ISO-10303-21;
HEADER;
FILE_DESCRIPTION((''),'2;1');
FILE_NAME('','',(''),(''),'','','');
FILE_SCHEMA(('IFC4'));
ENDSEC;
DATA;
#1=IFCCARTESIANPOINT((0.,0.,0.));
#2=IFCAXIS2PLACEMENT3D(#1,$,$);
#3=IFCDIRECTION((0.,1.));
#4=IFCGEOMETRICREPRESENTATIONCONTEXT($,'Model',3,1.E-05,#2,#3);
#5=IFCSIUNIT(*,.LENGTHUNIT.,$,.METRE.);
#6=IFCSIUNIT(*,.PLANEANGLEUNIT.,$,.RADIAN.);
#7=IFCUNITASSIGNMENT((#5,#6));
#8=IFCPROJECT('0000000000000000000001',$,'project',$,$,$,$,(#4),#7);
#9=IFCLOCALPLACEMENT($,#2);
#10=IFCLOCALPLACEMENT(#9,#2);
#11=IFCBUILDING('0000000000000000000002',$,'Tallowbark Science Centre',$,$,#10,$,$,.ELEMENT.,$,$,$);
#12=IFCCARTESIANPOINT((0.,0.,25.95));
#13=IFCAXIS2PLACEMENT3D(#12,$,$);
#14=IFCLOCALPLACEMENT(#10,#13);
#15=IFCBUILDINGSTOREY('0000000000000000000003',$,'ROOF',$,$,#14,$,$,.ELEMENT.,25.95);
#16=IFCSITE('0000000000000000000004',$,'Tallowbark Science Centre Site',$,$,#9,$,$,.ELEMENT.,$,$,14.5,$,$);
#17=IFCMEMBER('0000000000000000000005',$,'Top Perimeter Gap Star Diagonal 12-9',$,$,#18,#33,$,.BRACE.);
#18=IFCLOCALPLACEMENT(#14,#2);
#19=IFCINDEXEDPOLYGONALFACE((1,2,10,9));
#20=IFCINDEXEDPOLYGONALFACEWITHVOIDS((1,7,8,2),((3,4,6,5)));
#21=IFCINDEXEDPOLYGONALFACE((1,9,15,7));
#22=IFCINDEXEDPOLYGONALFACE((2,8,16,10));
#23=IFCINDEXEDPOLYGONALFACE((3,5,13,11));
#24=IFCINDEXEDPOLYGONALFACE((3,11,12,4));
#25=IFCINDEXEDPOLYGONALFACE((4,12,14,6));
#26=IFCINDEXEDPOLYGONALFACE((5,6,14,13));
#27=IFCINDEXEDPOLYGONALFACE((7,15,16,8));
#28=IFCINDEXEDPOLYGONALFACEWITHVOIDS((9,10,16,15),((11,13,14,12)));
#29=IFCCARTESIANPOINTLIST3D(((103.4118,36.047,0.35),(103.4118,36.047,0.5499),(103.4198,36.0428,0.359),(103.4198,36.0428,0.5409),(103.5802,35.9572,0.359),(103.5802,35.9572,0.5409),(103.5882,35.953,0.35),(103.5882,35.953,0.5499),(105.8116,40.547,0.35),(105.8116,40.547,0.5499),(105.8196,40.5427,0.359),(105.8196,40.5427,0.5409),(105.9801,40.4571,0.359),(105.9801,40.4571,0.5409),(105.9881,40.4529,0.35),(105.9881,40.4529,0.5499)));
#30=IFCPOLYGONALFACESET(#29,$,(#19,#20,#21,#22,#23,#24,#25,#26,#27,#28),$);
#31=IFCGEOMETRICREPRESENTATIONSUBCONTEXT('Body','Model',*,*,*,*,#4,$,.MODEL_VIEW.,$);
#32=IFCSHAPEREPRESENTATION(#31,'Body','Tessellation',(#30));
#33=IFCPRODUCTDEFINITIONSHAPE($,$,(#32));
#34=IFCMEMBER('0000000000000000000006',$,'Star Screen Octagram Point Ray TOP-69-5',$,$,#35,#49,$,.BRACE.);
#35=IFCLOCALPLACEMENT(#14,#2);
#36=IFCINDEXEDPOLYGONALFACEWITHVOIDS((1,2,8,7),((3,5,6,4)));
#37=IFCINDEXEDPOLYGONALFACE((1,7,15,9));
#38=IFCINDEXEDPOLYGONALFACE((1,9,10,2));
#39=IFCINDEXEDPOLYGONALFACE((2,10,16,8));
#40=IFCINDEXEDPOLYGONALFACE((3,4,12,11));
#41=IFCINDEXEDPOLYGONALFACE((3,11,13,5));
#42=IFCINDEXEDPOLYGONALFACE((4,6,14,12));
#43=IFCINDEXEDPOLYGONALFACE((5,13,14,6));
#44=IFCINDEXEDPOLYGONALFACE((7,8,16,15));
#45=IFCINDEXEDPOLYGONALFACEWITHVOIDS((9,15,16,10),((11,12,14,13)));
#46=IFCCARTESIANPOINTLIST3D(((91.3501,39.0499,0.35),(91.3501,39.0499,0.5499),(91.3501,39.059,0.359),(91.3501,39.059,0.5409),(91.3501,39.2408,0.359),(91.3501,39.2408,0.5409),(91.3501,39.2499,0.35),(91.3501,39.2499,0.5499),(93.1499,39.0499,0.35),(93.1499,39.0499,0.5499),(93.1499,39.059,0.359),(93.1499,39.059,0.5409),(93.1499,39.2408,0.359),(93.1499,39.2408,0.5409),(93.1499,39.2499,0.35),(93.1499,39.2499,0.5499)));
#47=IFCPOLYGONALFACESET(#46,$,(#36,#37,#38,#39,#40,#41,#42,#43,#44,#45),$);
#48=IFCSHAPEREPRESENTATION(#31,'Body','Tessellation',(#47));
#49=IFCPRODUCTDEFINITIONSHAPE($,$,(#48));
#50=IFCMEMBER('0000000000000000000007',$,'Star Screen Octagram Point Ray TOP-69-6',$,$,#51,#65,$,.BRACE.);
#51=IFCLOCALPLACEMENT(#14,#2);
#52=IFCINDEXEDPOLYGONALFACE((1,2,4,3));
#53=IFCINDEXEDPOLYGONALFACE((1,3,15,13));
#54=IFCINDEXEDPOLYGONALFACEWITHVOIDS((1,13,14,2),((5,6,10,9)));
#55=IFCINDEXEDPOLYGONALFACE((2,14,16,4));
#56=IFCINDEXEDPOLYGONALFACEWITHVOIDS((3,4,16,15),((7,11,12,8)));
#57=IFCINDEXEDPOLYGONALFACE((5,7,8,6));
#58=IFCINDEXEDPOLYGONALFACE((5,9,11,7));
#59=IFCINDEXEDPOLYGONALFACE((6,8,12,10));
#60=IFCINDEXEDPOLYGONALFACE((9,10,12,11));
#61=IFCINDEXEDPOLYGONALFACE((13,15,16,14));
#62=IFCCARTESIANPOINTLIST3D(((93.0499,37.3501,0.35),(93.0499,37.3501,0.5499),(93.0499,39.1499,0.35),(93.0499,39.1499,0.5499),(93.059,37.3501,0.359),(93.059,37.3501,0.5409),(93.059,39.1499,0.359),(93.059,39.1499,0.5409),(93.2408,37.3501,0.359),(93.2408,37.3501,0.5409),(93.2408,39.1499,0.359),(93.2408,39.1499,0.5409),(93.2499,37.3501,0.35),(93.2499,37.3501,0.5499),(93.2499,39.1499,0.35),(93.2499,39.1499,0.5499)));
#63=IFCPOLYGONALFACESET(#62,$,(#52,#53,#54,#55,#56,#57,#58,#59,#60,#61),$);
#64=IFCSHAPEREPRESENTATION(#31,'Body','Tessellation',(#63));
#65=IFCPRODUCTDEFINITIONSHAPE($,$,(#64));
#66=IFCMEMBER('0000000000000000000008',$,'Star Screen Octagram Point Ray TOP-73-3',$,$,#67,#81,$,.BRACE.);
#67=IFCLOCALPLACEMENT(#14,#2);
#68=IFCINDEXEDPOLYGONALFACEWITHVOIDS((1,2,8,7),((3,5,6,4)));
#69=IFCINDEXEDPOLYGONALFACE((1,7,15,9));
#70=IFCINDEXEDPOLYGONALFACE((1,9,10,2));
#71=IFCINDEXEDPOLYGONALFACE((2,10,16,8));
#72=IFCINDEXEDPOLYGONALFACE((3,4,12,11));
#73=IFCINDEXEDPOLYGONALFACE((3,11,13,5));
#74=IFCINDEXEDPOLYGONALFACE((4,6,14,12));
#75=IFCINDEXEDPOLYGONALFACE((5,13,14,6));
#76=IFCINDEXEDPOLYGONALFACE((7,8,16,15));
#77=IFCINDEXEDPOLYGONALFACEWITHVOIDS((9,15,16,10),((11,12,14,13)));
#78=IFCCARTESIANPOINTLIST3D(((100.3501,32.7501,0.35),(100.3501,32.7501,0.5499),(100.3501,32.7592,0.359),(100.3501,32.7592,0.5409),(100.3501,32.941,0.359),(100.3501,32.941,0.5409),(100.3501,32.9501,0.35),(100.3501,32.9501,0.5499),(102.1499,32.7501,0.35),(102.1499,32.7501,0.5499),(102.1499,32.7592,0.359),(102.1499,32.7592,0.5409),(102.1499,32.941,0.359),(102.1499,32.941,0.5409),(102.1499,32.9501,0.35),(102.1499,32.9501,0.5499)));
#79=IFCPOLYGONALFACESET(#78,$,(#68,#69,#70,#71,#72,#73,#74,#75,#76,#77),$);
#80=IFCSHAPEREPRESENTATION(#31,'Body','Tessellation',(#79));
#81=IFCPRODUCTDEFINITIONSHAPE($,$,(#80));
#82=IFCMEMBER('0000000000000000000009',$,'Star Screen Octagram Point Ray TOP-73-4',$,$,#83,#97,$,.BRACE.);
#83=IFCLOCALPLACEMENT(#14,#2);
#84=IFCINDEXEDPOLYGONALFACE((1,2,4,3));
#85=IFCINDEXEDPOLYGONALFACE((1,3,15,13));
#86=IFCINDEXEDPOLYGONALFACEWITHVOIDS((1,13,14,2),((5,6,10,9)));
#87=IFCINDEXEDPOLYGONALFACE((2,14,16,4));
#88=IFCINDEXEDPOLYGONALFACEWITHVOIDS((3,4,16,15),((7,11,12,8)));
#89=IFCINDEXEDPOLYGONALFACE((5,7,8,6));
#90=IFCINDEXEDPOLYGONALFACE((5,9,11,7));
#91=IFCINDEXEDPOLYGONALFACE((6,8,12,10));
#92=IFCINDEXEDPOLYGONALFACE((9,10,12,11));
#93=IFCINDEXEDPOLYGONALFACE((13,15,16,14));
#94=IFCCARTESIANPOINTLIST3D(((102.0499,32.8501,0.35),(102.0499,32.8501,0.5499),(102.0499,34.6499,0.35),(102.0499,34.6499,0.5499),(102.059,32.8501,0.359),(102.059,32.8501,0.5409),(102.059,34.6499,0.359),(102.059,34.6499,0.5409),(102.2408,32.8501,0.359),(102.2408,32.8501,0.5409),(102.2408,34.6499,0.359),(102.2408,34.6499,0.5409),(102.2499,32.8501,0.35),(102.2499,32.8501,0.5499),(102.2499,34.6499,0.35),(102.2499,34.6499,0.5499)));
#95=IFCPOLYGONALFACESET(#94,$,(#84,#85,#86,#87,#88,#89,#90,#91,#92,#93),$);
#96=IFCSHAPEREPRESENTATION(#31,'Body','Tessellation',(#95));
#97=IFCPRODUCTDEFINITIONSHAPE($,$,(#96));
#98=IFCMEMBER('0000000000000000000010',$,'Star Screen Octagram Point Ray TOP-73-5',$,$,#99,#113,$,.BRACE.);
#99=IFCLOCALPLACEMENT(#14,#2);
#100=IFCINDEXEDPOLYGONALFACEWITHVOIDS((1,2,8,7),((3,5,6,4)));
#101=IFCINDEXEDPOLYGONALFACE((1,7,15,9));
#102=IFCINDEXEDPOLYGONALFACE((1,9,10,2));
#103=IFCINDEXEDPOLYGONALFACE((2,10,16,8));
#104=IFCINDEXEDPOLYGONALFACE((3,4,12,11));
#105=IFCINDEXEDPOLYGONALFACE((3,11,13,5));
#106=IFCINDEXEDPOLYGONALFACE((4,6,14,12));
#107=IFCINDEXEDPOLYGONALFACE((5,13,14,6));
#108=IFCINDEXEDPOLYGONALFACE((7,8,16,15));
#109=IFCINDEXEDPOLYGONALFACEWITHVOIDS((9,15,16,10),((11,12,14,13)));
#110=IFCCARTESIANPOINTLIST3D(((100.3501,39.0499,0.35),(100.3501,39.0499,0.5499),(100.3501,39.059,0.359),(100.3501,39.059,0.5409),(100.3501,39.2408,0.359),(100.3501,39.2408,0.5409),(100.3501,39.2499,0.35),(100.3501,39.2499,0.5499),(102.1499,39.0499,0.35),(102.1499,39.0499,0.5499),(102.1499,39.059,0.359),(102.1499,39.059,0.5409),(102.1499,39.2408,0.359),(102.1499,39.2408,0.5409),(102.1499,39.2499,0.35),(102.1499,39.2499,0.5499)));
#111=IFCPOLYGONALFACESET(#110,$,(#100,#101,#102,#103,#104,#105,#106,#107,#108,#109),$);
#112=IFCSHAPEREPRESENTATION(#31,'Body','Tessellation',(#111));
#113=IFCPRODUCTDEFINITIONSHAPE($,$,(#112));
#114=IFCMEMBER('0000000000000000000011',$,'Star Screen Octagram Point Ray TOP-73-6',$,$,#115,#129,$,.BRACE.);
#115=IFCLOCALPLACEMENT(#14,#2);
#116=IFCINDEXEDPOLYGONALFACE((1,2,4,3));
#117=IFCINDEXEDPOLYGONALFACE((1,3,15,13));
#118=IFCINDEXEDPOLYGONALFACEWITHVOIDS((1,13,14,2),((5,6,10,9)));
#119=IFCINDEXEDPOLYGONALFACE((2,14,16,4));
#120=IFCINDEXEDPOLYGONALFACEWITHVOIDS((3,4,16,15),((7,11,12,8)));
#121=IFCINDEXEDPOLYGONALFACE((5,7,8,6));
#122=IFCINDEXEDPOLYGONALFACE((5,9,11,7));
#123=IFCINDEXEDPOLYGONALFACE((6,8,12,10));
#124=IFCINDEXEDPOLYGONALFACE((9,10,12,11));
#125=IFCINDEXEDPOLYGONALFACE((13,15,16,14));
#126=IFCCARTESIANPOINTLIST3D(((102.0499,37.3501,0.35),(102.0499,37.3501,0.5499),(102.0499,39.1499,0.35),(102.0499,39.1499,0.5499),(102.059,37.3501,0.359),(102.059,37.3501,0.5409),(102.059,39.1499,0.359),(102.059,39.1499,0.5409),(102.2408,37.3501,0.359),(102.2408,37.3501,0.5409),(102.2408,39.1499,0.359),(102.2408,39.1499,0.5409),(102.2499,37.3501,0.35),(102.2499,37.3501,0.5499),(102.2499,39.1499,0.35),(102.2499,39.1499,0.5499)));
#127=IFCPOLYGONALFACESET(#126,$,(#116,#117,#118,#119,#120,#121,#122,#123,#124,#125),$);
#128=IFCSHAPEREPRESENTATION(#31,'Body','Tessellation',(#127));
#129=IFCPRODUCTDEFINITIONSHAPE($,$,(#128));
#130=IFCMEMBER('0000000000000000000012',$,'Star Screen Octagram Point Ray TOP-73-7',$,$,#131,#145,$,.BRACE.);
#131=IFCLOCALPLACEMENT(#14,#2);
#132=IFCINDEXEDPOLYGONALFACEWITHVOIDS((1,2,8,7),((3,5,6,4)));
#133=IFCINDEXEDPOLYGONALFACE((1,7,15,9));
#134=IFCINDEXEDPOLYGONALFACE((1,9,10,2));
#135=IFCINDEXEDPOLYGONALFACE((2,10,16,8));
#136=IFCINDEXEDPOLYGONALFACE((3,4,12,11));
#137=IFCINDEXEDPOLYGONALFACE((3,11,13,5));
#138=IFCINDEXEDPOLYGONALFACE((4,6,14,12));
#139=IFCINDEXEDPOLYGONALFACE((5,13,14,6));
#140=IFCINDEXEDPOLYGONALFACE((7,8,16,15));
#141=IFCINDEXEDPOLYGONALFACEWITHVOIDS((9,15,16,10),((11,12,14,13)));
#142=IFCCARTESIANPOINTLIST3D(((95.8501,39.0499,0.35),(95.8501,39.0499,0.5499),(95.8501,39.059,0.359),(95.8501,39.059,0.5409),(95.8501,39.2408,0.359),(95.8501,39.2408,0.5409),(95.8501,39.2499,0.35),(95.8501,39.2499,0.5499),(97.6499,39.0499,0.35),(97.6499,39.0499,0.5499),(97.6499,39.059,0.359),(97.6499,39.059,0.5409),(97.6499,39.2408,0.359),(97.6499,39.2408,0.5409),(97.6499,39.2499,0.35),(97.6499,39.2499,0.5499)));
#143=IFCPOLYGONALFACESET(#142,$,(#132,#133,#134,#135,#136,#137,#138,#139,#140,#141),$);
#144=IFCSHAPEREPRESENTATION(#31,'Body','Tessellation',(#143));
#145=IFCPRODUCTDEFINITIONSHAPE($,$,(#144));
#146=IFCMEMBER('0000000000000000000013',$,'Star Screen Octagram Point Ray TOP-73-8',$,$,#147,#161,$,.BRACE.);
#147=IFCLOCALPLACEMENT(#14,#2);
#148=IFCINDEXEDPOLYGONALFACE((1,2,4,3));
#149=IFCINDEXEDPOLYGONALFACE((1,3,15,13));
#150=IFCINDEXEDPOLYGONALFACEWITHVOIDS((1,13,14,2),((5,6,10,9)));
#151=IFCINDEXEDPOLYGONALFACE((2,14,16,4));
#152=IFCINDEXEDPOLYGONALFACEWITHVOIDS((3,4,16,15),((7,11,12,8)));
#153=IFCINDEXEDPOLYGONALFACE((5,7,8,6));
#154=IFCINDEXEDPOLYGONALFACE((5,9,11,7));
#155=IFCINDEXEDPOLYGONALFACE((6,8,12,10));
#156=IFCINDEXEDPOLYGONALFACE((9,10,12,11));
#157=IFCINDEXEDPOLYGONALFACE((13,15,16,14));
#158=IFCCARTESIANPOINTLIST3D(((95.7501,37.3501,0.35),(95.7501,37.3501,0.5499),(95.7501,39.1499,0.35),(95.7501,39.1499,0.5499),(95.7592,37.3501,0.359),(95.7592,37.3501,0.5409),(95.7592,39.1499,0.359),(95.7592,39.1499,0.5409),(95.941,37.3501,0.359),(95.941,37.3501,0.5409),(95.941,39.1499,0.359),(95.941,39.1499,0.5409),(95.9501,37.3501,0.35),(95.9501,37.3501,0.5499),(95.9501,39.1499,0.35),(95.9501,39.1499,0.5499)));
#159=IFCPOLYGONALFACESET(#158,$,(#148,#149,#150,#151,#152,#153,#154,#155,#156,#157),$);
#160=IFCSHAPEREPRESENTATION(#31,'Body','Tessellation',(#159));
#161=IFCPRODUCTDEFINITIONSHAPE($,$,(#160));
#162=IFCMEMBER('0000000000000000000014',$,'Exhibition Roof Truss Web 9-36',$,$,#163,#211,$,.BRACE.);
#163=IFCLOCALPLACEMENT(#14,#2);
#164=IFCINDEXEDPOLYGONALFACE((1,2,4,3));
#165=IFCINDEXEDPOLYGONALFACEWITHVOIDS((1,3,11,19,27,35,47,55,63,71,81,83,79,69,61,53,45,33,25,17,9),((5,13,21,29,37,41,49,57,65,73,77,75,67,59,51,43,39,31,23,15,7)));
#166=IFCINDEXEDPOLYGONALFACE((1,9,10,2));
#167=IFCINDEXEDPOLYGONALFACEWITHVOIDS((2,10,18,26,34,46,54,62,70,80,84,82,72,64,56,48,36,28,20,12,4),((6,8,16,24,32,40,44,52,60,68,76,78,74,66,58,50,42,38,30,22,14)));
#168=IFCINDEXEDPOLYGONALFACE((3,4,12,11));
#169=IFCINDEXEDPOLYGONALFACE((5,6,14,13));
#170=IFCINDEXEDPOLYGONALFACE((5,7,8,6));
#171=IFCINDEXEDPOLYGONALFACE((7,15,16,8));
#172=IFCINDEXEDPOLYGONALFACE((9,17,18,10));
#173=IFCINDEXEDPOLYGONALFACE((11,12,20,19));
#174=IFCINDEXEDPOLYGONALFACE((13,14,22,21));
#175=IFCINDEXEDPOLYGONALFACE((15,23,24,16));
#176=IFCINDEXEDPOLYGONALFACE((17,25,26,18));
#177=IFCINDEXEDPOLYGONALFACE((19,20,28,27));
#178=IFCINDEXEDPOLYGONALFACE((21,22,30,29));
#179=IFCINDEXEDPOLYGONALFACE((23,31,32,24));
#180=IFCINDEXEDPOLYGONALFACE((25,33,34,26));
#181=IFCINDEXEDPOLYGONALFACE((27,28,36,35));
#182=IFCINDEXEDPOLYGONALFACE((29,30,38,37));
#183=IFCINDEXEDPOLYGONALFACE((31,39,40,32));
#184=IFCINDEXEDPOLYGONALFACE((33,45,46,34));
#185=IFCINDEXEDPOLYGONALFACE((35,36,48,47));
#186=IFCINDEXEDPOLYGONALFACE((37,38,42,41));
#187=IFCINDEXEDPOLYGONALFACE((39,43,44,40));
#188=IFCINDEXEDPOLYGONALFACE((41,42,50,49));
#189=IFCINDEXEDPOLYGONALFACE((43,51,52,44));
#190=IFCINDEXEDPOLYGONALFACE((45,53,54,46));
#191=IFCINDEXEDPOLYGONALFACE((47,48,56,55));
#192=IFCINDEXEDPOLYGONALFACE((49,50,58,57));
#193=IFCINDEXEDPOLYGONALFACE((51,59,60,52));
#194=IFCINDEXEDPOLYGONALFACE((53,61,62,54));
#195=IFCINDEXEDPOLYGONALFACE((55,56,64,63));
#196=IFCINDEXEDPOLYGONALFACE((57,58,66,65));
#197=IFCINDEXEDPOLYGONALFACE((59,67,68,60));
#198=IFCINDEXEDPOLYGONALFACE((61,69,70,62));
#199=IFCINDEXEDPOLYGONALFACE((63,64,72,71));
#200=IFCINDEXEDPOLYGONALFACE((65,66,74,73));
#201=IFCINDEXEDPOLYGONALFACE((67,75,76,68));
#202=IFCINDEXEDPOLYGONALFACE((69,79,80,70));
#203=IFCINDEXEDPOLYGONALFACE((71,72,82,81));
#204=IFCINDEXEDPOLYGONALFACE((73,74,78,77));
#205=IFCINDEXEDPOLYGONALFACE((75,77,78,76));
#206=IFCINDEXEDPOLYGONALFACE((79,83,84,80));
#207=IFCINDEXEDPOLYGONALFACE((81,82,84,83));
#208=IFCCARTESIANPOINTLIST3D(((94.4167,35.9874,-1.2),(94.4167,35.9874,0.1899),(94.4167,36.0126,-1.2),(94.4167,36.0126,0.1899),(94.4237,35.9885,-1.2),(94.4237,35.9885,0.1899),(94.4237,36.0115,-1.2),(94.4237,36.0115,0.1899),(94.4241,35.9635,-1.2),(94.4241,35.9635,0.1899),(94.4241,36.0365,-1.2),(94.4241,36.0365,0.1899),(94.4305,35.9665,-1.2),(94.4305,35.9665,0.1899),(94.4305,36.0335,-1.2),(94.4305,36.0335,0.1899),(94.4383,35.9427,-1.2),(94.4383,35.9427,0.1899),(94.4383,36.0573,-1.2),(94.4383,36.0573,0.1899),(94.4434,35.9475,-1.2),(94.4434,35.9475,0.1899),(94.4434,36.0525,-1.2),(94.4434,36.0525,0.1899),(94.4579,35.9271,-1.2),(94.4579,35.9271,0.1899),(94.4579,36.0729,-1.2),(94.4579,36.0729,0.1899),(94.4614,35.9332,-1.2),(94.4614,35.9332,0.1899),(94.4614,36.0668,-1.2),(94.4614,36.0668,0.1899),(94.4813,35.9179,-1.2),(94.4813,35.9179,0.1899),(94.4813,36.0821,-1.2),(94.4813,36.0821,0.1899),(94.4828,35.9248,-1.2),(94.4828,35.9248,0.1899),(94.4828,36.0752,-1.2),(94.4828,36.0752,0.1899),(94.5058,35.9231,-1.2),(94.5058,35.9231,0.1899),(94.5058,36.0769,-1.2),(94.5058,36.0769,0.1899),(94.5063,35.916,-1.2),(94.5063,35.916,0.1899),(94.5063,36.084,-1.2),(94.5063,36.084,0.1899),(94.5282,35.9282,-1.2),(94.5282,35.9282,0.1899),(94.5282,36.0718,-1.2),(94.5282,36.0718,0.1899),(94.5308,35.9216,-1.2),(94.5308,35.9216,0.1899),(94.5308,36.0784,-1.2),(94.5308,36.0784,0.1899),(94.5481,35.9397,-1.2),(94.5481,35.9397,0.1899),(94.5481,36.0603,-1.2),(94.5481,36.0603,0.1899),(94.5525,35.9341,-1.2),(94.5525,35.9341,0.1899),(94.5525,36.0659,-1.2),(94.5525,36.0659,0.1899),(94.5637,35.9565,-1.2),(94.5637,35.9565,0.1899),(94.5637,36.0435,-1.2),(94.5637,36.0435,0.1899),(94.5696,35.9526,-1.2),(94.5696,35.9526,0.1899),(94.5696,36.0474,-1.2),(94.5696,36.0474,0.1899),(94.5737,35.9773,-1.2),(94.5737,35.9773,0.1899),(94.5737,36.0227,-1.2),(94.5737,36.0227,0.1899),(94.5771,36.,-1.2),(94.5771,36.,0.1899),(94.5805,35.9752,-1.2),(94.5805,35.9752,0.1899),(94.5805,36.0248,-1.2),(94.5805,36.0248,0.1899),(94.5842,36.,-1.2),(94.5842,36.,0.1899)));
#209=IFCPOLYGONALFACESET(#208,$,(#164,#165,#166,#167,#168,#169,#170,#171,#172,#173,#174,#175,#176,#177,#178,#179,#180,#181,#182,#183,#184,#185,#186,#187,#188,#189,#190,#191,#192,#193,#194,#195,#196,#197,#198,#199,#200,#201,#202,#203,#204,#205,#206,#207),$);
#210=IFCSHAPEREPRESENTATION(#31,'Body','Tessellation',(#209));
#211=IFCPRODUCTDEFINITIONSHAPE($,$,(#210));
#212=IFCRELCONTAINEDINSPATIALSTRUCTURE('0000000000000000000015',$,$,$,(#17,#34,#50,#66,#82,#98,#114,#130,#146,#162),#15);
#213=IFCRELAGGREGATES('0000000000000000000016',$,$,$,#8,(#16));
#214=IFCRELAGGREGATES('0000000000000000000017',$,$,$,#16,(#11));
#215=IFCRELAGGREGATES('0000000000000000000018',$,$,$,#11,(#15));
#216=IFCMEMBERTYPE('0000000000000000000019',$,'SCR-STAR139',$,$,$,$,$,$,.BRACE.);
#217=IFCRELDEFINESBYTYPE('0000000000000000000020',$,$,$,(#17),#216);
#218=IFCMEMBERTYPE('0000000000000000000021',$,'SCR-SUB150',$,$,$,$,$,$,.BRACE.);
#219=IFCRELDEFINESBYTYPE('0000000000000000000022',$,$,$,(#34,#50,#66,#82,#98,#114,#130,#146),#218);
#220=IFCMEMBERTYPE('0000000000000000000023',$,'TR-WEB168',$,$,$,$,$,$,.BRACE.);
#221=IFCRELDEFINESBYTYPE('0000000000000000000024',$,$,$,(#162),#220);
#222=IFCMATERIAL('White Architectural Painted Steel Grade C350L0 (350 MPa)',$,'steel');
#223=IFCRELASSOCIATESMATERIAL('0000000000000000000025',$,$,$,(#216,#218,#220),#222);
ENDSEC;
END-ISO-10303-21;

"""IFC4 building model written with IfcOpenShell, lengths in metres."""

from ifc_helpers import new_model, si_unit, direction, frame, origin, origin_2d, place, context, subcontext, project, spatial, hollow_rectangle, hollow_circle, extrude, material, material_profile, profile_set, type_object, element, save


model = new_model("IFC4")

# Units and contexts
model_context = context("Model", 3, precision=1e-05, world=origin(), true_north=direction((0.0, 1.0)))
body_context = subcontext(model_context, "Body", "Model", "MODEL_VIEW")
ifc_project = project(units=[si_unit("LENGTHUNIT", "METRE"), si_unit("PLANEANGLEUNIT", "RADIAN")], contexts=[model_context])

# Site, building, storey
site_placement = place(None, origin())
site = spatial("IfcSite", under=ifc_project, at=site_placement, Name="Tallowbark Science Centre Site", CompositionType="ELEMENT", RefElevation=14.5)
building_placement = place(site_placement, origin())
building = spatial("IfcBuilding", under=site, at=building_placement, Name="Tallowbark Science Centre", CompositionType="ELEMENT")
storey_placement = place(building_placement, frame((0.0, 0.0, 25.95)))
storey = spatial("IfcBuildingStorey", under=building, at=storey_placement, Name="ROOF", CompositionType="ELEMENT", Elevation=25.95)

# Members
ifc_material_1 = material(Name="White Architectural Painted Steel Grade C350L0 (350 MPa)", Category="steel")
ifc_material_profile_1 = material_profile(ifc_material_1, hollow_rectangle(XDim=0.2, YDim=0.2, WallThickness=0.009, at=origin_2d()), Name="200x200x9.0SHS")
ifc_profile_set_1 = profile_set([ifc_material_profile_1], Name="White Architectural Painted Steel Grade C350L0 (350 MPa)")
member_type_1 = type_object("IfcMemberType", Name="SCR-STAR139", PredefinedType="BRACE", material=ifc_profile_set_1)
member_1_placement = place(storey_placement, frame((103.5, 36.0, 0.45), z_axis=(0.470573, 0.882361, 0.0), x_axis=(-0.882361, 0.470573, 0.0)))
element("IfcMember", 1, at=member_1_placement, inside=storey, type_object=member_type_1, Name="Top Perimeter Gap Star Diagonal 12-9", PredefinedType="BRACE", context=body_context, shape_type="SweptSolid", body=[
    extrude(hollow_rectangle(XDim=0.2, YDim=0.2, WallThickness=0.009, at=origin_2d()), origin(), (0.0, 0.0, 1.0), 5.0999),
])
ifc_material_profile_2 = material_profile(ifc_material_1, hollow_rectangle(XDim=0.2, YDim=0.2, WallThickness=0.009, at=origin_2d()), Name="200x200x9.0SHS")
ifc_profile_set_2 = profile_set([ifc_material_profile_2], Name="White Architectural Painted Steel Grade C350L0 (350 MPa)")
member_type_2 = type_object("IfcMemberType", Name="SCR-SUB150", PredefinedType="BRACE", material=ifc_profile_set_2)
for number, where, z_axis, x_axis, name in (
    (2, (93.1499, 39.1499, 0.45), (-1.0, 0.0, 0.0), (0.0, -1.0, 0.0), "Star Screen Octagram Point Ray TOP-69-5"),
    (3, (93.1499, 39.1499, 0.45), (0.0, -1.0, 0.0), (1.0, 0.0, 0.0), "Star Screen Octagram Point Ray TOP-69-6"),
    (4, (102.1499, 32.8501, 0.45), (-1.0, 0.0, 0.0), (0.0, -1.0, 0.0), "Star Screen Octagram Point Ray TOP-73-3"),
    (5, (102.1499, 32.8501, 0.45), (0.0, 1.0, 0.0), (-1.0, 0.0, 0.0), "Star Screen Octagram Point Ray TOP-73-4"),
    (6, (102.1499, 39.1499, 0.45), (-1.0, 0.0, 0.0), (0.0, -1.0, 0.0), "Star Screen Octagram Point Ray TOP-73-5"),
    (7, (102.1499, 39.1499, 0.45), (0.0, -1.0, 0.0), (1.0, 0.0, 0.0), "Star Screen Octagram Point Ray TOP-73-6"),
    (8, (95.8501, 39.1499, 0.45), (1.0, 0.0, 0.0), (0.0, 1.0, 0.0), "Star Screen Octagram Point Ray TOP-73-7"),
    (9, (95.8501, 39.1499, 0.45), (0.0, -1.0, 0.0), (1.0, 0.0, 0.0), "Star Screen Octagram Point Ray TOP-73-8"),
):
    element("IfcMember", number, at=place(storey_placement, frame(where, z_axis=z_axis, x_axis=x_axis)), inside=storey, type_object=member_type_2, Name=name, PredefinedType="BRACE", context=body_context, shape_type="SweptSolid", body=[
        extrude(hollow_rectangle(XDim=0.2, YDim=0.2, WallThickness=0.009, at=origin_2d()), origin(), (0.0, 0.0, 1.0), 1.7998),
    ])
ifc_material_profile_3 = material_profile(ifc_material_1, hollow_circle(Radius=0.0842, WallThickness=0.0071, at=origin_2d()), Name="168.3x7.1CHS")
ifc_profile_set_3 = profile_set([ifc_material_profile_3], Name="White Architectural Painted Steel Grade C350L0 (350 MPa)")
member_type_3 = type_object("IfcMemberType", Name="TR-WEB168", PredefinedType="BRACE", material=ifc_profile_set_3)
for number, where, z_axis, x_axis, name in (
    (10, (94.5, 36.0, -1.2), (0.0, 0.0, 1.0), (1.0, 0.0, 0.0), "Exhibition Roof Truss Web 9-36"),
):
    element("IfcMember", number, at=place(storey_placement, frame(where, z_axis=z_axis, x_axis=x_axis)), inside=storey, type_object=member_type_3, Name=name, PredefinedType="BRACE", context=body_context, shape_type="SweptSolid", body=[
        extrude(hollow_circle(Radius=0.0842, WallThickness=0.0071, at=origin_2d()), origin(), (0.0, 0.0, 1.0), 1.3899),
    ])

save(model, "model.ifc")
